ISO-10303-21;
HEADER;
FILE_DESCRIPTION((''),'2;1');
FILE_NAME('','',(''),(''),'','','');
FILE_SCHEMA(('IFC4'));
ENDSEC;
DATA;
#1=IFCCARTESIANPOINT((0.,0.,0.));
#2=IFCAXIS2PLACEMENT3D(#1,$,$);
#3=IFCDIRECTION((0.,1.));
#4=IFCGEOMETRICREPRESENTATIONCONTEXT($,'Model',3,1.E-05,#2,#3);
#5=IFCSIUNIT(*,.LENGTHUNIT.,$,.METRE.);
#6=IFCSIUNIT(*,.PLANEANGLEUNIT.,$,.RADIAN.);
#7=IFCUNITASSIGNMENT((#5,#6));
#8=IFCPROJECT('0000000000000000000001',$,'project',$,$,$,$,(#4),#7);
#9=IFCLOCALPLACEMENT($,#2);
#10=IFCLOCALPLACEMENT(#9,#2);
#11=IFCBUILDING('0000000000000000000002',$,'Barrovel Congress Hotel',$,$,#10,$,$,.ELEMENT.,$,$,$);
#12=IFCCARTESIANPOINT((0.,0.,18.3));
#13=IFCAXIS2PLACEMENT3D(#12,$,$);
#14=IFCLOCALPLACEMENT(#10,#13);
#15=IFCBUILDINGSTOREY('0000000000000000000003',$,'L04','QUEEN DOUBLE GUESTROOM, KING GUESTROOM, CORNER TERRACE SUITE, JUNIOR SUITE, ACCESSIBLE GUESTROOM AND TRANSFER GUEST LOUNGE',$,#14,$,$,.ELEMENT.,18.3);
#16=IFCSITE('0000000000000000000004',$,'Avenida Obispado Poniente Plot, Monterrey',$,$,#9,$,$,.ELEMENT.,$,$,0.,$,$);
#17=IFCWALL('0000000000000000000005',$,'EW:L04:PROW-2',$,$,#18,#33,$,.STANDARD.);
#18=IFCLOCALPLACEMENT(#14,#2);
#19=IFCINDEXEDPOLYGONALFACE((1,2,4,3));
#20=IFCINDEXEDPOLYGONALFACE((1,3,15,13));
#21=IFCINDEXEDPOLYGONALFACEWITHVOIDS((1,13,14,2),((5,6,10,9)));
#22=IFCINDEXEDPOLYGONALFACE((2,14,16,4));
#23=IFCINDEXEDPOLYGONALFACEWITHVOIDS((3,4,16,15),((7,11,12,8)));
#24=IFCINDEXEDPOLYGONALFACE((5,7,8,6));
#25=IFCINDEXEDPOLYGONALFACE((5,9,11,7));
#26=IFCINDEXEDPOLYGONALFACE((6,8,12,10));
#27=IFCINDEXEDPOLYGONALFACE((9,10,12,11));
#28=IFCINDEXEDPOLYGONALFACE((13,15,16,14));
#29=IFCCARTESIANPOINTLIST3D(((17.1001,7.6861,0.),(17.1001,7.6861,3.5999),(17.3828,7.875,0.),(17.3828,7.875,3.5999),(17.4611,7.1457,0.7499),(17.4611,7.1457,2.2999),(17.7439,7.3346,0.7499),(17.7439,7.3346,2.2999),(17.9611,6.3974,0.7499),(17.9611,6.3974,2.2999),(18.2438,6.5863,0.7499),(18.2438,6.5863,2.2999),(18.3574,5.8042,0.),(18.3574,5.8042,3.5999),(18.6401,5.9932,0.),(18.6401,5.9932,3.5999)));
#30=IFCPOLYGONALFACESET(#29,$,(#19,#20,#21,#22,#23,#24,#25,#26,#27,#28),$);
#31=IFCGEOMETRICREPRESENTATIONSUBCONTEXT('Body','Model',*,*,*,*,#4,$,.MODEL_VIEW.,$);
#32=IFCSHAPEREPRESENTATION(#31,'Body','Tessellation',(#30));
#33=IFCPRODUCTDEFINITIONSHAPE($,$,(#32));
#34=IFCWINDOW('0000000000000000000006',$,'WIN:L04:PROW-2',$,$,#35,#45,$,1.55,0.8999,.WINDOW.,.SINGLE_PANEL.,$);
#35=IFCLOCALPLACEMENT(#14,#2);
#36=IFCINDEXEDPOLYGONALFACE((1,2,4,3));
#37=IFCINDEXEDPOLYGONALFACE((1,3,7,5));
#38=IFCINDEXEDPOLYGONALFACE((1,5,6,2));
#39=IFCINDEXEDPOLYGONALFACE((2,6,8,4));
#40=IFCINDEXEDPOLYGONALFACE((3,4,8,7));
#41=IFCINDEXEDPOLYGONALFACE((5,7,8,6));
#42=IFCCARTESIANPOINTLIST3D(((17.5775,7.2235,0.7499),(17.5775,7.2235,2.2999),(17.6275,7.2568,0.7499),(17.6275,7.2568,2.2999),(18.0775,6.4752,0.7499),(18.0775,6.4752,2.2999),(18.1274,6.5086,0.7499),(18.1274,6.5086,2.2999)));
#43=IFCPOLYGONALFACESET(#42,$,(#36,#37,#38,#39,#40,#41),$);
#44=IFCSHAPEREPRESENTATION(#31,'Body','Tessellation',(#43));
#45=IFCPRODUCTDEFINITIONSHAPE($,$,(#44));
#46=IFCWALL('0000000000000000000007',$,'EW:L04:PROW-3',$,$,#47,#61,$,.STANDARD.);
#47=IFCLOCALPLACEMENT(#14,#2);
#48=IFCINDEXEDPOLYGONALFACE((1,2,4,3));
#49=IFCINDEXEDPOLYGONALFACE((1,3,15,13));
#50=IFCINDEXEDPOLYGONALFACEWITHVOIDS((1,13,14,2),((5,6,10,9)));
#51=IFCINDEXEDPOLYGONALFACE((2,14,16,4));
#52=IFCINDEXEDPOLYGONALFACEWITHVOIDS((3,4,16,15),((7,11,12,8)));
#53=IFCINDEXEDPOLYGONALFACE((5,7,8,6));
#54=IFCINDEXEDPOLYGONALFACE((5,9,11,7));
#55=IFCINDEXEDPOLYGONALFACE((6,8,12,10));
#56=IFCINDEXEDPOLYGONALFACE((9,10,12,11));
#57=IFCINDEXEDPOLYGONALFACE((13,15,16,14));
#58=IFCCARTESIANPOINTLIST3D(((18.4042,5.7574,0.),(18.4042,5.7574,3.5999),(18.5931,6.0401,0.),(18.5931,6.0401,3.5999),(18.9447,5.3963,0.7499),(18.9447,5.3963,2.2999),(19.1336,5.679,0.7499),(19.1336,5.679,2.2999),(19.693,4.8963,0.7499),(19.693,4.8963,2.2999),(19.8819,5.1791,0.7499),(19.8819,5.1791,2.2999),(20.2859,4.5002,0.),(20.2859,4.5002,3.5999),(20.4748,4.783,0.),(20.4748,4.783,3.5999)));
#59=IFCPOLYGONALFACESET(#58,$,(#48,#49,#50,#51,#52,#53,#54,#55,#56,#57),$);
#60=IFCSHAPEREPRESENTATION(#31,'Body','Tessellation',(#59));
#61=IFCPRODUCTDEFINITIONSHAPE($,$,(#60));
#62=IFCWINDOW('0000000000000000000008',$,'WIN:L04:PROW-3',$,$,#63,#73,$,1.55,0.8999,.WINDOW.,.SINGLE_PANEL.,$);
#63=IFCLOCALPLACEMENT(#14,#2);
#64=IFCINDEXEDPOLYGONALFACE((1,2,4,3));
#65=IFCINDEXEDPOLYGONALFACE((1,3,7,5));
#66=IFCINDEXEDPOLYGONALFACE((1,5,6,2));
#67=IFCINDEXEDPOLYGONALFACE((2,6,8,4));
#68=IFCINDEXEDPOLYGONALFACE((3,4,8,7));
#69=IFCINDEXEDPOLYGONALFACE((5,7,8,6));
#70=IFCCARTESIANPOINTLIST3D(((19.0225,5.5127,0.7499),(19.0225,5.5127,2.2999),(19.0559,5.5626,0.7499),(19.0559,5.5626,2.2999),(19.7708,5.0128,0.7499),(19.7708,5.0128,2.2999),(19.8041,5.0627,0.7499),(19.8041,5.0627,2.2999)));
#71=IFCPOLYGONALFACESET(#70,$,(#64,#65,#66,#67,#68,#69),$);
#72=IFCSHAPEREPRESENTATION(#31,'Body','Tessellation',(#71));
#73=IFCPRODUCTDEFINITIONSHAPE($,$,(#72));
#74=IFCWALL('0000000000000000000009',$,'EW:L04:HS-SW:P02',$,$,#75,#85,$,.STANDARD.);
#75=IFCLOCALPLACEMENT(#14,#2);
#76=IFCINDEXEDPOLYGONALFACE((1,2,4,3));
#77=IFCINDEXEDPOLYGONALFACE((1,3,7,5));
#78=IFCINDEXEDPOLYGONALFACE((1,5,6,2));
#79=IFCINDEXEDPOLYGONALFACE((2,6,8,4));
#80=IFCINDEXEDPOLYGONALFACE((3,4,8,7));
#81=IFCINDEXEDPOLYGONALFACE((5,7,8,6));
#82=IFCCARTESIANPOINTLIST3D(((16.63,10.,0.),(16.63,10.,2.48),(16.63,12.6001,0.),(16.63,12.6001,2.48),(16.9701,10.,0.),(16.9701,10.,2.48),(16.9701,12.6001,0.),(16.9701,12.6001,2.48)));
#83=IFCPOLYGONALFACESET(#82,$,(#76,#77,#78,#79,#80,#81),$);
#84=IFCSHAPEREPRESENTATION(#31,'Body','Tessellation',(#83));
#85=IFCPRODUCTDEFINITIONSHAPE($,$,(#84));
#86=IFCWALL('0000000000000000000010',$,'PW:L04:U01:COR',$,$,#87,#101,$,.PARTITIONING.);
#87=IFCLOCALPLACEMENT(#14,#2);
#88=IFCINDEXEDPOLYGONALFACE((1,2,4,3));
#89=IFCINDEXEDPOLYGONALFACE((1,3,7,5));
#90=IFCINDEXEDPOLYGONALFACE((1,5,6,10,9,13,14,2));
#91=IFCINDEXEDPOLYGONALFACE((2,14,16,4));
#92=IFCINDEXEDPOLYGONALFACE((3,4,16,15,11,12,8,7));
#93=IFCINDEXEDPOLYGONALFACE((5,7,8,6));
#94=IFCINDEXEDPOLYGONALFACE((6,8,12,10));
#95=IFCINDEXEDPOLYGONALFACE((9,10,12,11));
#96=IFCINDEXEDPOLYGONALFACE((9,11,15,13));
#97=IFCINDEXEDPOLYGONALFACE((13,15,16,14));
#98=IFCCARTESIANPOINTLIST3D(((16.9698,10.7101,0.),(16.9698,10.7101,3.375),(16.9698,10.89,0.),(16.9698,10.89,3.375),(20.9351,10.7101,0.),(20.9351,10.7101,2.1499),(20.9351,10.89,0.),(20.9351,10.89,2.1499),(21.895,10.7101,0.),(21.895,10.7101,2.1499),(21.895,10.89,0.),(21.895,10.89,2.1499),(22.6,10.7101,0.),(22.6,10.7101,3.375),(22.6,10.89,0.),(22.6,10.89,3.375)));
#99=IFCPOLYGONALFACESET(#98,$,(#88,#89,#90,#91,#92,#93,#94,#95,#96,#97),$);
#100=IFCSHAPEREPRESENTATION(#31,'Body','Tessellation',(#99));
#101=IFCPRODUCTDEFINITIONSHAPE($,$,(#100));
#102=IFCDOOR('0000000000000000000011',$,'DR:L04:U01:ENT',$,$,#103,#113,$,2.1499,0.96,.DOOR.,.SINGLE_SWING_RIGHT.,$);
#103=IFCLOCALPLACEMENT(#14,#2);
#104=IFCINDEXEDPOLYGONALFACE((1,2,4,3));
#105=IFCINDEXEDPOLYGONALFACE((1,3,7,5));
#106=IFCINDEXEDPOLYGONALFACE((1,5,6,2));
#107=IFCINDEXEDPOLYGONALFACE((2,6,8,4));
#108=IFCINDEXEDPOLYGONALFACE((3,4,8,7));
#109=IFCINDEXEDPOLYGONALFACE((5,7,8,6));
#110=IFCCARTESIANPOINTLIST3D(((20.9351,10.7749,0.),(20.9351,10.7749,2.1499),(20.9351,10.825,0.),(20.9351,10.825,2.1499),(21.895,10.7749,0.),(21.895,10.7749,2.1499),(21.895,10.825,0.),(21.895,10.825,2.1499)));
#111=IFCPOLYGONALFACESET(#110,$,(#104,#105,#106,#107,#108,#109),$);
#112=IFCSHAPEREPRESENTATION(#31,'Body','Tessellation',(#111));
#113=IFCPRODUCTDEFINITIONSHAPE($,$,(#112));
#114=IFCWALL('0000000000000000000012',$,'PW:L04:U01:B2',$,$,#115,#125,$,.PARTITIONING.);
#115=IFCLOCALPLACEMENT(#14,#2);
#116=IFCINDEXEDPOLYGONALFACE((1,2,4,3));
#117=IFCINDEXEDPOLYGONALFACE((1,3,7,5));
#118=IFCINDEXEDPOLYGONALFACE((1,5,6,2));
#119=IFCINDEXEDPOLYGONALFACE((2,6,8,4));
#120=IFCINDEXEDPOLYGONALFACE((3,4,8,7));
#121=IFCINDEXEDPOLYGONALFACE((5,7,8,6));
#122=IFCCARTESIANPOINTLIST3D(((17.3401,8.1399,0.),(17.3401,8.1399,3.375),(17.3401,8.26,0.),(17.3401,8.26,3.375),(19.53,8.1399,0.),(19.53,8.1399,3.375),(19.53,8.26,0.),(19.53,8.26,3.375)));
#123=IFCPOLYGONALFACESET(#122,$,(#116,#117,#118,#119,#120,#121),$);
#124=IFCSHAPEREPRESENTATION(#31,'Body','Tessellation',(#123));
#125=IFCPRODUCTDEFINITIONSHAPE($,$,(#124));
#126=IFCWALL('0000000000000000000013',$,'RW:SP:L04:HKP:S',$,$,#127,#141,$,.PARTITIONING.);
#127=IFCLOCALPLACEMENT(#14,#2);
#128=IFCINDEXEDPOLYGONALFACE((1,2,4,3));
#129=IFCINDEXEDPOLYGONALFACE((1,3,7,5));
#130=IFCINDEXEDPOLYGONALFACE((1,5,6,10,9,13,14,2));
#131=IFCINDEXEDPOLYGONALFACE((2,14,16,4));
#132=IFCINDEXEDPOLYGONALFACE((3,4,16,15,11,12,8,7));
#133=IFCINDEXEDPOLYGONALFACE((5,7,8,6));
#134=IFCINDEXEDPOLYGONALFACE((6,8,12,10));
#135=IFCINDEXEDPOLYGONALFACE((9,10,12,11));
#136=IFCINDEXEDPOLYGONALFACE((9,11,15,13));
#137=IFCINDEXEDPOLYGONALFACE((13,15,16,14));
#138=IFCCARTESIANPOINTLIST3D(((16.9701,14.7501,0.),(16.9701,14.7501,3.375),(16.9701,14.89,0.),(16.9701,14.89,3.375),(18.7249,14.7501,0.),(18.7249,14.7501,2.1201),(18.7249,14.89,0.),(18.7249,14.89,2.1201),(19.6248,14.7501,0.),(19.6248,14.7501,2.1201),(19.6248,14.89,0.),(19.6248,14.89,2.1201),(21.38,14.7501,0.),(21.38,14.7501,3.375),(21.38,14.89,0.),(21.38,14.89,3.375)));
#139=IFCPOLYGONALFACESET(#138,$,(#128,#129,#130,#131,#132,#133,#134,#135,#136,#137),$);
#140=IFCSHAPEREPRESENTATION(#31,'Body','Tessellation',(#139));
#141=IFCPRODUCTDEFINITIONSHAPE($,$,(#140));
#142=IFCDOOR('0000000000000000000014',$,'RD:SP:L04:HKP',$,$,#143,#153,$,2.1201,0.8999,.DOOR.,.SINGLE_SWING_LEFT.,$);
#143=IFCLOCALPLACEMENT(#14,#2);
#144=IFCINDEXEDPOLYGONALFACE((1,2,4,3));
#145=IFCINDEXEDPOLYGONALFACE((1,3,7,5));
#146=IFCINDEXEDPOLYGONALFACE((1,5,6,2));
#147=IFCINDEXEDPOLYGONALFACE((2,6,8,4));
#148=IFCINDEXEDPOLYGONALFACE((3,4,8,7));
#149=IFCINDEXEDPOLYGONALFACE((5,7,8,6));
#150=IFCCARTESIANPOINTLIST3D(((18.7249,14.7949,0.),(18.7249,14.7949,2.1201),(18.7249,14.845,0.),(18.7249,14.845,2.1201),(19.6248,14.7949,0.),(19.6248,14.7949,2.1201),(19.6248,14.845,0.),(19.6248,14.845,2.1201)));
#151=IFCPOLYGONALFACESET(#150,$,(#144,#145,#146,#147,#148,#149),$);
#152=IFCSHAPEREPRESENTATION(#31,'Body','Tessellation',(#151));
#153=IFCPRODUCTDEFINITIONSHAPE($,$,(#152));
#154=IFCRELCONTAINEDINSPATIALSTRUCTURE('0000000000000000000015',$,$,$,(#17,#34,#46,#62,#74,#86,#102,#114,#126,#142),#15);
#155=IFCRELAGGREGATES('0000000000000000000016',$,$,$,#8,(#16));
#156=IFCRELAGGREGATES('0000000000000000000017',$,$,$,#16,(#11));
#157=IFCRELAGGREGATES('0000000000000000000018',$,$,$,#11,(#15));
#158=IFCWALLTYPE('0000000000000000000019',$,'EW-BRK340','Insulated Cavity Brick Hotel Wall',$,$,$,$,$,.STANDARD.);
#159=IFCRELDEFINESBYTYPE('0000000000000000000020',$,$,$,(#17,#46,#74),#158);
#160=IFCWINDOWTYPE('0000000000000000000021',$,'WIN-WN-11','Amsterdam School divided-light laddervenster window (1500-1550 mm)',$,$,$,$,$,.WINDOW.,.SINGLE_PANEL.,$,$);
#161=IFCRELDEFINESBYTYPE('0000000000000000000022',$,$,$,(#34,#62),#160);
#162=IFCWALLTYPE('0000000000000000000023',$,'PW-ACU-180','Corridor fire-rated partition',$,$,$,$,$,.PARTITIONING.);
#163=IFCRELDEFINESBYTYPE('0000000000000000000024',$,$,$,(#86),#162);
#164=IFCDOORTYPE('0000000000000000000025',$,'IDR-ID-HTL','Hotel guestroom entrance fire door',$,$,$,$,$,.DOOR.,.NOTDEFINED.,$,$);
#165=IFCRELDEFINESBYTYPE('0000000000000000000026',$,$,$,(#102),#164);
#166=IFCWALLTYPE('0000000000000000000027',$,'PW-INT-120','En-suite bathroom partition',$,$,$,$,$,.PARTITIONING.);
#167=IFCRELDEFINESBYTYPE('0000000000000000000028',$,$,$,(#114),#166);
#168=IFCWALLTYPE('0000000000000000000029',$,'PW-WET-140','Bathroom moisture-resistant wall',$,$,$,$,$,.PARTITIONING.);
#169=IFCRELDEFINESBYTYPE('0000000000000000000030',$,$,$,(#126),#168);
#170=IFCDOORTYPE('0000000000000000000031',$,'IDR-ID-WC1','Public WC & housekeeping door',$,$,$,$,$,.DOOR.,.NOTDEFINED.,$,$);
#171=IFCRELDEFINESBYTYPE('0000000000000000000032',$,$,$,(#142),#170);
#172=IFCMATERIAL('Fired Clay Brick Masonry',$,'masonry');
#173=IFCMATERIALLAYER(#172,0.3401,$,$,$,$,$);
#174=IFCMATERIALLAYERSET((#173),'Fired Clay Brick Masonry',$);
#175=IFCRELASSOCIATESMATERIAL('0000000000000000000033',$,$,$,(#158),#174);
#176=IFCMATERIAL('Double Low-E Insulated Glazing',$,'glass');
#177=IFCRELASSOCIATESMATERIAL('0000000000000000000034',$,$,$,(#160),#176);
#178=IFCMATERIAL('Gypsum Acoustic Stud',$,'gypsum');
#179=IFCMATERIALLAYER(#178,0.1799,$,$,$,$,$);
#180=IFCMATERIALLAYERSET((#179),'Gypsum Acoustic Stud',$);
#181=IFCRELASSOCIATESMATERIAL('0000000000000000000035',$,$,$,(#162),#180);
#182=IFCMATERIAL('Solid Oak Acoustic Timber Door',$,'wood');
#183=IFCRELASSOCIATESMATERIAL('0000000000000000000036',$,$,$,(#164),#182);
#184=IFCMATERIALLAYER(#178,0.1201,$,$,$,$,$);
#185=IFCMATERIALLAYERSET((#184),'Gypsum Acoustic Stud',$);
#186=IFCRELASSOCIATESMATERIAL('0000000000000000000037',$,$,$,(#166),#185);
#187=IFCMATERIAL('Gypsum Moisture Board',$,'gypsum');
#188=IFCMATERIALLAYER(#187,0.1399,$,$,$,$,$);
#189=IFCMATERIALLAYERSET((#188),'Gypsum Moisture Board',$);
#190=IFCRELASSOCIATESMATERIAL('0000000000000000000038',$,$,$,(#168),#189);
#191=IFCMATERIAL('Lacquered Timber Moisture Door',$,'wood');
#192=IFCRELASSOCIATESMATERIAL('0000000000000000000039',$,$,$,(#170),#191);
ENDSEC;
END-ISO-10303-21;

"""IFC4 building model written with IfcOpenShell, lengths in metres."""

from ifc_helpers import new_model, si_unit, direction, frame, frame_2d, origin, place, context, subcontext, project, spatial, rectangle, extrude, material, layer, layer_set, type_object, element, fill, save


model = new_model("IFC4")

# Units and contexts
model_context = context("Model", 3, precision=1e-05, world=origin(), true_north=direction((0.0, 1.0)))
body_context = subcontext(model_context, "Body", "Model", "MODEL_VIEW")
ifc_project = project(units=[si_unit("LENGTHUNIT", "METRE"), si_unit("PLANEANGLEUNIT", "RADIAN")], contexts=[model_context])

# Site, building, storey
site_placement = place(None, origin())
site = spatial("IfcSite", under=ifc_project, at=site_placement, Name="Avenida Obispado Poniente Plot, Monterrey", CompositionType="ELEMENT", RefElevation=0.0)
building_placement = place(site_placement, origin())
building = spatial("IfcBuilding", under=site, at=building_placement, Name="Barrovel Congress Hotel", CompositionType="ELEMENT")
storey_placement = place(building_placement, frame((0.0, 0.0, 18.3)))
storey = spatial("IfcBuildingStorey", under=building, at=storey_placement, Name="L04", Description="QUEEN DOUBLE GUESTROOM, KING GUESTROOM, CORNER TERRACE SUITE, JUNIOR SUITE, ACCESSIBLE GUESTROOM AND TRANSFER GUEST LOUNGE", CompositionType="ELEMENT", Elevation=18.3)

# Shared definitions
ifc_material_1 = material(Name="Fired Clay Brick Masonry", Category="masonry")
ifc_layer_1 = layer(ifc_material_1, 0.3401)
ifc_layer_set_1 = layer_set([ifc_layer_1], Name="Fired Clay Brick Masonry")
wall_type_1 = type_object("IfcWallType", Name="EW-BRK340", Description="Insulated Cavity Brick Hotel Wall", PredefinedType="STANDARD", material=ifc_layer_set_1)

# Walls, openings, windows
wall_1_placement = place(storey_placement, frame((17.2415, 7.7805, 0.0), z_axis=(0.0, 0.0, 1.0), x_axis=(0.555546, -0.831486, 0.0)))
wall_1 = element("IfcWall", 1, at=wall_1_placement, inside=storey, type_object=wall_type_1, Name="EW:L04:PROW-2", PredefinedType="STANDARD", context=body_context, shape_type="SweptSolid", body=[
    extrude(rectangle(XDim=2.2632, YDim=0.3401, at=frame_2d((1.1316, 0.0))), origin(), (0.0, 0.0, 1.0), 3.5999),
])
opening_1_placement = place(wall_1_placement, frame((0.6499, 0.0, 0.75)))
opening_1 = element("IfcOpeningElement", 2, at=opening_1_placement, cuts=wall_1, PredefinedType="OPENING", context=body_context, shape_type="SweptSolid", body=[
    extrude(rectangle(XDim=0.8999, YDim=1.55, at=frame_2d((0.45, 0.7749))), frame((0.0, 0.1802, 0.0), z_axis=(0.0, -1.0, 0.0), x_axis=(1.0, 0.0, 0.0)), (0.0, 0.0, 1.0), 0.3601),
])
ifc_material_2 = material(Name="Double Low-E Insulated Glazing", Category="glass")
window_type = type_object("IfcWindowType", Name="WIN-WN-11", Description="Amsterdam School divided-light laddervenster window (1500-1550 mm)", PartitioningType="SINGLE_PANEL", PredefinedType="WINDOW", material=ifc_material_2)
window_1_placement = place(opening_1_placement, origin())
window_1 = element("IfcWindow", 3, at=window_1_placement, inside=storey, type_object=window_type, Name="WIN:L04:PROW-2", OverallHeight=1.55, OverallWidth=0.8999, PartitioningType="SINGLE_PANEL", PredefinedType="WINDOW", context=body_context, shape_type="SweptSolid", body=[
    extrude(rectangle(XDim=0.8999, YDim=1.55, at=frame_2d((0.45, 0.7749))), frame((0.0, 0.03, 0.0), z_axis=(0.0, -1.0, 0.0), x_axis=(1.0, 0.0, 0.0)), (0.0, 0.0, 1.0), 0.0601),
])
fill(opening_1, window_1)
wall_2_placement = place(storey_placement, frame((18.4988, 5.8987, 0.0), z_axis=(0.0, 0.0, 1.0), x_axis=(0.831502, -0.555522, 0.0)))
wall_2 = element("IfcWall", 4, at=wall_2_placement, inside=storey, type_object=wall_type_1, Name="EW:L04:PROW-3", PredefinedType="STANDARD", context=body_context, shape_type="SweptSolid", body=[
    extrude(rectangle(XDim=2.2629, YDim=0.3401, at=frame_2d((1.1313, 0.0))), origin(), (0.0, 0.0, 1.0), 3.5999),
])
opening_2_placement = place(wall_2_placement, frame((0.6499, 0.0, 0.75)))
opening_2 = element("IfcOpeningElement", 5, at=opening_2_placement, cuts=wall_2, PredefinedType="OPENING", context=body_context, shape_type="SweptSolid", body=[
    extrude(rectangle(XDim=0.8999, YDim=1.55, at=frame_2d((0.45, 0.7749))), frame((0.0, 0.1802, 0.0), z_axis=(0.0, -1.0, 0.0), x_axis=(1.0, 0.0, 0.0)), (0.0, 0.0, 1.0), 0.3601),
])
window_2_placement = place(opening_2_placement, origin())
window_2 = element("IfcWindow", 6, at=window_2_placement, inside=storey, type_object=window_type, Name="WIN:L04:PROW-3", OverallHeight=1.55, OverallWidth=0.8999, PartitioningType="SINGLE_PANEL", PredefinedType="WINDOW", context=body_context, shape_type="SweptSolid", body=[
    extrude(rectangle(XDim=0.8999, YDim=1.55, at=frame_2d((0.45, 0.7749))), frame((0.0, 0.03, 0.0), z_axis=(0.0, -1.0, 0.0), x_axis=(1.0, 0.0, 0.0)), (0.0, 0.0, 1.0), 0.0601),
])
fill(opening_2, window_2)

# Wall
wall_3_placement = place(storey_placement, frame((16.8, 12.6001, 0.0), z_axis=(0.0, 0.0, 1.0), x_axis=(0.0, -1.0, 0.0)))
element("IfcWall", 7, at=wall_3_placement, inside=storey, type_object=wall_type_1, Name="EW:L04:HS-SW:P02", PredefinedType="STANDARD", context=body_context, shape_type="SweptSolid", body=[
    extrude(rectangle(XDim=2.6001, YDim=0.3401, at=frame_2d((1.3, 0.0))), origin(), (0.0, 0.0, 1.0), 2.48),
])

# Wall, opening, door
ifc_material_3 = material(Name="Gypsum Acoustic Stud", Category="gypsum")
ifc_layer_2 = layer(ifc_material_3, 0.1799)
ifc_layer_set_2 = layer_set([ifc_layer_2], Name="Gypsum Acoustic Stud")
wall_type_2 = type_object("IfcWallType", Name="PW-ACU-180", Description="Corridor fire-rated partition", PredefinedType="PARTITIONING", material=ifc_layer_set_2)
wall_4_placement = place(storey_placement, frame((16.97, 10.8, 0.0), z_axis=(0.0, 0.0, 1.0), x_axis=(1.0, 0.0, 0.0)))
wall_4 = element("IfcWall", 8, at=wall_4_placement, inside=storey, type_object=wall_type_2, Name="PW:L04:U01:COR", PredefinedType="PARTITIONING", context=body_context, shape_type="SweptSolid", body=[
    extrude(rectangle(XDim=5.6301, YDim=0.1799, at=frame_2d((2.8149, 0.0))), origin(), (0.0, 0.0, 1.0), 3.375),
])
opening_3_placement = place(wall_4_placement, frame((3.9651, 0.0, 0.0)))
opening_3 = element("IfcOpeningElement", 9, at=opening_3_placement, cuts=wall_4, PredefinedType="OPENING", context=body_context, shape_type="SweptSolid", body=[
    extrude(rectangle(XDim=0.96, YDim=2.1499, at=frame_2d((0.48, 1.075))), frame((0.0, 0.1001, 0.0), z_axis=(0.0, -1.0, 0.0), x_axis=(1.0, 0.0, 0.0)), (0.0, 0.0, 1.0), 0.2),
])
ifc_material_4 = material(Name="Solid Oak Acoustic Timber Door", Category="wood")
door_type_1 = type_object("IfcDoorType", Name="IDR-ID-HTL", Description="Hotel guestroom entrance fire door", OperationType="NOTDEFINED", PredefinedType="DOOR", material=ifc_material_4)
door_1_placement = place(opening_3_placement, origin())
door_1 = element("IfcDoor", 10, at=door_1_placement, inside=storey, type_object=door_type_1, Name="DR:L04:U01:ENT", OperationType="SINGLE_SWING_RIGHT", OverallHeight=2.1499, OverallWidth=0.96, PredefinedType="DOOR", context=body_context, shape_type="SweptSolid", body=[
    extrude(rectangle(XDim=0.96, YDim=2.1499, at=frame_2d((0.48, 1.075))), frame((0.0, 0.0249, 0.0), z_axis=(0.0, -1.0, 0.0), x_axis=(1.0, 0.0, 0.0)), (0.0, 0.0, 1.0), 0.05),
])
fill(opening_3, door_1)

# Wall
ifc_layer_3 = layer(ifc_material_3, 0.1201)
ifc_layer_set_3 = layer_set([ifc_layer_3], Name="Gypsum Acoustic Stud")
wall_type_3 = type_object("IfcWallType", Name="PW-INT-120", Description="En-suite bathroom partition", PredefinedType="PARTITIONING", material=ifc_layer_set_3)
wall_5_placement = place(storey_placement, frame((17.3401, 8.2, 0.0), z_axis=(0.0, 0.0, 1.0), x_axis=(1.0, 0.0, 0.0)))
element("IfcWall", 11, at=wall_5_placement, inside=storey, type_object=wall_type_3, Name="PW:L04:U01:B2", PredefinedType="PARTITIONING", context=body_context, shape_type="SweptSolid", body=[
    extrude(rectangle(XDim=2.1899, YDim=0.1201, at=frame_2d((1.095, 0.0))), origin(), (0.0, 0.0, 1.0), 3.375),
])

# Wall, opening, door
ifc_material_5 = material(Name="Gypsum Moisture Board", Category="gypsum")
ifc_layer_4 = layer(ifc_material_5, 0.1399)
ifc_layer_set_4 = layer_set([ifc_layer_4], Name="Gypsum Moisture Board")
wall_type_4 = type_object("IfcWallType", Name="PW-WET-140", Description="Bathroom moisture-resistant wall", PredefinedType="PARTITIONING", material=ifc_layer_set_4)
wall_6_placement = place(storey_placement, frame((16.97, 14.8201, 0.0), z_axis=(0.0, 0.0, 1.0), x_axis=(1.0, 0.0, 0.0)))
wall_6 = element("IfcWall", 12, at=wall_6_placement, inside=storey, type_object=wall_type_4, Name="RW:SP:L04:HKP:S", PredefinedType="PARTITIONING", context=body_context, shape_type="SweptSolid", body=[
    extrude(rectangle(XDim=4.4099, YDim=0.1399, at=frame_2d((2.2051, 0.0))), origin(), (0.0, 0.0, 1.0), 3.375),
])
opening_4_placement = place(wall_6_placement, frame((1.7549, 0.0, 0.0)))
opening_4 = element("IfcOpeningElement", 13, at=opening_4_placement, cuts=wall_6, PredefinedType="OPENING", context=body_context, shape_type="SweptSolid", body=[
    extrude(rectangle(XDim=0.8999, YDim=2.1201, at=frame_2d((0.45, 1.0601))), frame((0.0, 0.0801, 0.0), z_axis=(0.0, -1.0, 0.0), x_axis=(1.0, 0.0, 0.0)), (0.0, 0.0, 1.0), 0.1599),
])
ifc_material_6 = material(Name="Lacquered Timber Moisture Door", Category="wood")
door_type_2 = type_object("IfcDoorType", Name="IDR-ID-WC1", Description="Public WC & housekeeping door", OperationType="NOTDEFINED", PredefinedType="DOOR", material=ifc_material_6)
door_2_placement = place(opening_4_placement, origin())
door_2 = element("IfcDoor", 14, at=door_2_placement, inside=storey, type_object=door_type_2, Name="RD:SP:L04:HKP", OperationType="SINGLE_SWING_LEFT", OverallHeight=2.1201, OverallWidth=0.8999, PredefinedType="DOOR", context=body_context, shape_type="SweptSolid", body=[
    extrude(rectangle(XDim=0.8999, YDim=2.1201, at=frame_2d((0.45, 1.0601))), frame((0.0, 0.0249, 0.0), z_axis=(0.0, -1.0, 0.0), x_axis=(1.0, 0.0, 0.0)), (0.0, 0.0, 1.0), 0.05),
])
fill(opening_4, door_2)

save(model, "model.ifc")
